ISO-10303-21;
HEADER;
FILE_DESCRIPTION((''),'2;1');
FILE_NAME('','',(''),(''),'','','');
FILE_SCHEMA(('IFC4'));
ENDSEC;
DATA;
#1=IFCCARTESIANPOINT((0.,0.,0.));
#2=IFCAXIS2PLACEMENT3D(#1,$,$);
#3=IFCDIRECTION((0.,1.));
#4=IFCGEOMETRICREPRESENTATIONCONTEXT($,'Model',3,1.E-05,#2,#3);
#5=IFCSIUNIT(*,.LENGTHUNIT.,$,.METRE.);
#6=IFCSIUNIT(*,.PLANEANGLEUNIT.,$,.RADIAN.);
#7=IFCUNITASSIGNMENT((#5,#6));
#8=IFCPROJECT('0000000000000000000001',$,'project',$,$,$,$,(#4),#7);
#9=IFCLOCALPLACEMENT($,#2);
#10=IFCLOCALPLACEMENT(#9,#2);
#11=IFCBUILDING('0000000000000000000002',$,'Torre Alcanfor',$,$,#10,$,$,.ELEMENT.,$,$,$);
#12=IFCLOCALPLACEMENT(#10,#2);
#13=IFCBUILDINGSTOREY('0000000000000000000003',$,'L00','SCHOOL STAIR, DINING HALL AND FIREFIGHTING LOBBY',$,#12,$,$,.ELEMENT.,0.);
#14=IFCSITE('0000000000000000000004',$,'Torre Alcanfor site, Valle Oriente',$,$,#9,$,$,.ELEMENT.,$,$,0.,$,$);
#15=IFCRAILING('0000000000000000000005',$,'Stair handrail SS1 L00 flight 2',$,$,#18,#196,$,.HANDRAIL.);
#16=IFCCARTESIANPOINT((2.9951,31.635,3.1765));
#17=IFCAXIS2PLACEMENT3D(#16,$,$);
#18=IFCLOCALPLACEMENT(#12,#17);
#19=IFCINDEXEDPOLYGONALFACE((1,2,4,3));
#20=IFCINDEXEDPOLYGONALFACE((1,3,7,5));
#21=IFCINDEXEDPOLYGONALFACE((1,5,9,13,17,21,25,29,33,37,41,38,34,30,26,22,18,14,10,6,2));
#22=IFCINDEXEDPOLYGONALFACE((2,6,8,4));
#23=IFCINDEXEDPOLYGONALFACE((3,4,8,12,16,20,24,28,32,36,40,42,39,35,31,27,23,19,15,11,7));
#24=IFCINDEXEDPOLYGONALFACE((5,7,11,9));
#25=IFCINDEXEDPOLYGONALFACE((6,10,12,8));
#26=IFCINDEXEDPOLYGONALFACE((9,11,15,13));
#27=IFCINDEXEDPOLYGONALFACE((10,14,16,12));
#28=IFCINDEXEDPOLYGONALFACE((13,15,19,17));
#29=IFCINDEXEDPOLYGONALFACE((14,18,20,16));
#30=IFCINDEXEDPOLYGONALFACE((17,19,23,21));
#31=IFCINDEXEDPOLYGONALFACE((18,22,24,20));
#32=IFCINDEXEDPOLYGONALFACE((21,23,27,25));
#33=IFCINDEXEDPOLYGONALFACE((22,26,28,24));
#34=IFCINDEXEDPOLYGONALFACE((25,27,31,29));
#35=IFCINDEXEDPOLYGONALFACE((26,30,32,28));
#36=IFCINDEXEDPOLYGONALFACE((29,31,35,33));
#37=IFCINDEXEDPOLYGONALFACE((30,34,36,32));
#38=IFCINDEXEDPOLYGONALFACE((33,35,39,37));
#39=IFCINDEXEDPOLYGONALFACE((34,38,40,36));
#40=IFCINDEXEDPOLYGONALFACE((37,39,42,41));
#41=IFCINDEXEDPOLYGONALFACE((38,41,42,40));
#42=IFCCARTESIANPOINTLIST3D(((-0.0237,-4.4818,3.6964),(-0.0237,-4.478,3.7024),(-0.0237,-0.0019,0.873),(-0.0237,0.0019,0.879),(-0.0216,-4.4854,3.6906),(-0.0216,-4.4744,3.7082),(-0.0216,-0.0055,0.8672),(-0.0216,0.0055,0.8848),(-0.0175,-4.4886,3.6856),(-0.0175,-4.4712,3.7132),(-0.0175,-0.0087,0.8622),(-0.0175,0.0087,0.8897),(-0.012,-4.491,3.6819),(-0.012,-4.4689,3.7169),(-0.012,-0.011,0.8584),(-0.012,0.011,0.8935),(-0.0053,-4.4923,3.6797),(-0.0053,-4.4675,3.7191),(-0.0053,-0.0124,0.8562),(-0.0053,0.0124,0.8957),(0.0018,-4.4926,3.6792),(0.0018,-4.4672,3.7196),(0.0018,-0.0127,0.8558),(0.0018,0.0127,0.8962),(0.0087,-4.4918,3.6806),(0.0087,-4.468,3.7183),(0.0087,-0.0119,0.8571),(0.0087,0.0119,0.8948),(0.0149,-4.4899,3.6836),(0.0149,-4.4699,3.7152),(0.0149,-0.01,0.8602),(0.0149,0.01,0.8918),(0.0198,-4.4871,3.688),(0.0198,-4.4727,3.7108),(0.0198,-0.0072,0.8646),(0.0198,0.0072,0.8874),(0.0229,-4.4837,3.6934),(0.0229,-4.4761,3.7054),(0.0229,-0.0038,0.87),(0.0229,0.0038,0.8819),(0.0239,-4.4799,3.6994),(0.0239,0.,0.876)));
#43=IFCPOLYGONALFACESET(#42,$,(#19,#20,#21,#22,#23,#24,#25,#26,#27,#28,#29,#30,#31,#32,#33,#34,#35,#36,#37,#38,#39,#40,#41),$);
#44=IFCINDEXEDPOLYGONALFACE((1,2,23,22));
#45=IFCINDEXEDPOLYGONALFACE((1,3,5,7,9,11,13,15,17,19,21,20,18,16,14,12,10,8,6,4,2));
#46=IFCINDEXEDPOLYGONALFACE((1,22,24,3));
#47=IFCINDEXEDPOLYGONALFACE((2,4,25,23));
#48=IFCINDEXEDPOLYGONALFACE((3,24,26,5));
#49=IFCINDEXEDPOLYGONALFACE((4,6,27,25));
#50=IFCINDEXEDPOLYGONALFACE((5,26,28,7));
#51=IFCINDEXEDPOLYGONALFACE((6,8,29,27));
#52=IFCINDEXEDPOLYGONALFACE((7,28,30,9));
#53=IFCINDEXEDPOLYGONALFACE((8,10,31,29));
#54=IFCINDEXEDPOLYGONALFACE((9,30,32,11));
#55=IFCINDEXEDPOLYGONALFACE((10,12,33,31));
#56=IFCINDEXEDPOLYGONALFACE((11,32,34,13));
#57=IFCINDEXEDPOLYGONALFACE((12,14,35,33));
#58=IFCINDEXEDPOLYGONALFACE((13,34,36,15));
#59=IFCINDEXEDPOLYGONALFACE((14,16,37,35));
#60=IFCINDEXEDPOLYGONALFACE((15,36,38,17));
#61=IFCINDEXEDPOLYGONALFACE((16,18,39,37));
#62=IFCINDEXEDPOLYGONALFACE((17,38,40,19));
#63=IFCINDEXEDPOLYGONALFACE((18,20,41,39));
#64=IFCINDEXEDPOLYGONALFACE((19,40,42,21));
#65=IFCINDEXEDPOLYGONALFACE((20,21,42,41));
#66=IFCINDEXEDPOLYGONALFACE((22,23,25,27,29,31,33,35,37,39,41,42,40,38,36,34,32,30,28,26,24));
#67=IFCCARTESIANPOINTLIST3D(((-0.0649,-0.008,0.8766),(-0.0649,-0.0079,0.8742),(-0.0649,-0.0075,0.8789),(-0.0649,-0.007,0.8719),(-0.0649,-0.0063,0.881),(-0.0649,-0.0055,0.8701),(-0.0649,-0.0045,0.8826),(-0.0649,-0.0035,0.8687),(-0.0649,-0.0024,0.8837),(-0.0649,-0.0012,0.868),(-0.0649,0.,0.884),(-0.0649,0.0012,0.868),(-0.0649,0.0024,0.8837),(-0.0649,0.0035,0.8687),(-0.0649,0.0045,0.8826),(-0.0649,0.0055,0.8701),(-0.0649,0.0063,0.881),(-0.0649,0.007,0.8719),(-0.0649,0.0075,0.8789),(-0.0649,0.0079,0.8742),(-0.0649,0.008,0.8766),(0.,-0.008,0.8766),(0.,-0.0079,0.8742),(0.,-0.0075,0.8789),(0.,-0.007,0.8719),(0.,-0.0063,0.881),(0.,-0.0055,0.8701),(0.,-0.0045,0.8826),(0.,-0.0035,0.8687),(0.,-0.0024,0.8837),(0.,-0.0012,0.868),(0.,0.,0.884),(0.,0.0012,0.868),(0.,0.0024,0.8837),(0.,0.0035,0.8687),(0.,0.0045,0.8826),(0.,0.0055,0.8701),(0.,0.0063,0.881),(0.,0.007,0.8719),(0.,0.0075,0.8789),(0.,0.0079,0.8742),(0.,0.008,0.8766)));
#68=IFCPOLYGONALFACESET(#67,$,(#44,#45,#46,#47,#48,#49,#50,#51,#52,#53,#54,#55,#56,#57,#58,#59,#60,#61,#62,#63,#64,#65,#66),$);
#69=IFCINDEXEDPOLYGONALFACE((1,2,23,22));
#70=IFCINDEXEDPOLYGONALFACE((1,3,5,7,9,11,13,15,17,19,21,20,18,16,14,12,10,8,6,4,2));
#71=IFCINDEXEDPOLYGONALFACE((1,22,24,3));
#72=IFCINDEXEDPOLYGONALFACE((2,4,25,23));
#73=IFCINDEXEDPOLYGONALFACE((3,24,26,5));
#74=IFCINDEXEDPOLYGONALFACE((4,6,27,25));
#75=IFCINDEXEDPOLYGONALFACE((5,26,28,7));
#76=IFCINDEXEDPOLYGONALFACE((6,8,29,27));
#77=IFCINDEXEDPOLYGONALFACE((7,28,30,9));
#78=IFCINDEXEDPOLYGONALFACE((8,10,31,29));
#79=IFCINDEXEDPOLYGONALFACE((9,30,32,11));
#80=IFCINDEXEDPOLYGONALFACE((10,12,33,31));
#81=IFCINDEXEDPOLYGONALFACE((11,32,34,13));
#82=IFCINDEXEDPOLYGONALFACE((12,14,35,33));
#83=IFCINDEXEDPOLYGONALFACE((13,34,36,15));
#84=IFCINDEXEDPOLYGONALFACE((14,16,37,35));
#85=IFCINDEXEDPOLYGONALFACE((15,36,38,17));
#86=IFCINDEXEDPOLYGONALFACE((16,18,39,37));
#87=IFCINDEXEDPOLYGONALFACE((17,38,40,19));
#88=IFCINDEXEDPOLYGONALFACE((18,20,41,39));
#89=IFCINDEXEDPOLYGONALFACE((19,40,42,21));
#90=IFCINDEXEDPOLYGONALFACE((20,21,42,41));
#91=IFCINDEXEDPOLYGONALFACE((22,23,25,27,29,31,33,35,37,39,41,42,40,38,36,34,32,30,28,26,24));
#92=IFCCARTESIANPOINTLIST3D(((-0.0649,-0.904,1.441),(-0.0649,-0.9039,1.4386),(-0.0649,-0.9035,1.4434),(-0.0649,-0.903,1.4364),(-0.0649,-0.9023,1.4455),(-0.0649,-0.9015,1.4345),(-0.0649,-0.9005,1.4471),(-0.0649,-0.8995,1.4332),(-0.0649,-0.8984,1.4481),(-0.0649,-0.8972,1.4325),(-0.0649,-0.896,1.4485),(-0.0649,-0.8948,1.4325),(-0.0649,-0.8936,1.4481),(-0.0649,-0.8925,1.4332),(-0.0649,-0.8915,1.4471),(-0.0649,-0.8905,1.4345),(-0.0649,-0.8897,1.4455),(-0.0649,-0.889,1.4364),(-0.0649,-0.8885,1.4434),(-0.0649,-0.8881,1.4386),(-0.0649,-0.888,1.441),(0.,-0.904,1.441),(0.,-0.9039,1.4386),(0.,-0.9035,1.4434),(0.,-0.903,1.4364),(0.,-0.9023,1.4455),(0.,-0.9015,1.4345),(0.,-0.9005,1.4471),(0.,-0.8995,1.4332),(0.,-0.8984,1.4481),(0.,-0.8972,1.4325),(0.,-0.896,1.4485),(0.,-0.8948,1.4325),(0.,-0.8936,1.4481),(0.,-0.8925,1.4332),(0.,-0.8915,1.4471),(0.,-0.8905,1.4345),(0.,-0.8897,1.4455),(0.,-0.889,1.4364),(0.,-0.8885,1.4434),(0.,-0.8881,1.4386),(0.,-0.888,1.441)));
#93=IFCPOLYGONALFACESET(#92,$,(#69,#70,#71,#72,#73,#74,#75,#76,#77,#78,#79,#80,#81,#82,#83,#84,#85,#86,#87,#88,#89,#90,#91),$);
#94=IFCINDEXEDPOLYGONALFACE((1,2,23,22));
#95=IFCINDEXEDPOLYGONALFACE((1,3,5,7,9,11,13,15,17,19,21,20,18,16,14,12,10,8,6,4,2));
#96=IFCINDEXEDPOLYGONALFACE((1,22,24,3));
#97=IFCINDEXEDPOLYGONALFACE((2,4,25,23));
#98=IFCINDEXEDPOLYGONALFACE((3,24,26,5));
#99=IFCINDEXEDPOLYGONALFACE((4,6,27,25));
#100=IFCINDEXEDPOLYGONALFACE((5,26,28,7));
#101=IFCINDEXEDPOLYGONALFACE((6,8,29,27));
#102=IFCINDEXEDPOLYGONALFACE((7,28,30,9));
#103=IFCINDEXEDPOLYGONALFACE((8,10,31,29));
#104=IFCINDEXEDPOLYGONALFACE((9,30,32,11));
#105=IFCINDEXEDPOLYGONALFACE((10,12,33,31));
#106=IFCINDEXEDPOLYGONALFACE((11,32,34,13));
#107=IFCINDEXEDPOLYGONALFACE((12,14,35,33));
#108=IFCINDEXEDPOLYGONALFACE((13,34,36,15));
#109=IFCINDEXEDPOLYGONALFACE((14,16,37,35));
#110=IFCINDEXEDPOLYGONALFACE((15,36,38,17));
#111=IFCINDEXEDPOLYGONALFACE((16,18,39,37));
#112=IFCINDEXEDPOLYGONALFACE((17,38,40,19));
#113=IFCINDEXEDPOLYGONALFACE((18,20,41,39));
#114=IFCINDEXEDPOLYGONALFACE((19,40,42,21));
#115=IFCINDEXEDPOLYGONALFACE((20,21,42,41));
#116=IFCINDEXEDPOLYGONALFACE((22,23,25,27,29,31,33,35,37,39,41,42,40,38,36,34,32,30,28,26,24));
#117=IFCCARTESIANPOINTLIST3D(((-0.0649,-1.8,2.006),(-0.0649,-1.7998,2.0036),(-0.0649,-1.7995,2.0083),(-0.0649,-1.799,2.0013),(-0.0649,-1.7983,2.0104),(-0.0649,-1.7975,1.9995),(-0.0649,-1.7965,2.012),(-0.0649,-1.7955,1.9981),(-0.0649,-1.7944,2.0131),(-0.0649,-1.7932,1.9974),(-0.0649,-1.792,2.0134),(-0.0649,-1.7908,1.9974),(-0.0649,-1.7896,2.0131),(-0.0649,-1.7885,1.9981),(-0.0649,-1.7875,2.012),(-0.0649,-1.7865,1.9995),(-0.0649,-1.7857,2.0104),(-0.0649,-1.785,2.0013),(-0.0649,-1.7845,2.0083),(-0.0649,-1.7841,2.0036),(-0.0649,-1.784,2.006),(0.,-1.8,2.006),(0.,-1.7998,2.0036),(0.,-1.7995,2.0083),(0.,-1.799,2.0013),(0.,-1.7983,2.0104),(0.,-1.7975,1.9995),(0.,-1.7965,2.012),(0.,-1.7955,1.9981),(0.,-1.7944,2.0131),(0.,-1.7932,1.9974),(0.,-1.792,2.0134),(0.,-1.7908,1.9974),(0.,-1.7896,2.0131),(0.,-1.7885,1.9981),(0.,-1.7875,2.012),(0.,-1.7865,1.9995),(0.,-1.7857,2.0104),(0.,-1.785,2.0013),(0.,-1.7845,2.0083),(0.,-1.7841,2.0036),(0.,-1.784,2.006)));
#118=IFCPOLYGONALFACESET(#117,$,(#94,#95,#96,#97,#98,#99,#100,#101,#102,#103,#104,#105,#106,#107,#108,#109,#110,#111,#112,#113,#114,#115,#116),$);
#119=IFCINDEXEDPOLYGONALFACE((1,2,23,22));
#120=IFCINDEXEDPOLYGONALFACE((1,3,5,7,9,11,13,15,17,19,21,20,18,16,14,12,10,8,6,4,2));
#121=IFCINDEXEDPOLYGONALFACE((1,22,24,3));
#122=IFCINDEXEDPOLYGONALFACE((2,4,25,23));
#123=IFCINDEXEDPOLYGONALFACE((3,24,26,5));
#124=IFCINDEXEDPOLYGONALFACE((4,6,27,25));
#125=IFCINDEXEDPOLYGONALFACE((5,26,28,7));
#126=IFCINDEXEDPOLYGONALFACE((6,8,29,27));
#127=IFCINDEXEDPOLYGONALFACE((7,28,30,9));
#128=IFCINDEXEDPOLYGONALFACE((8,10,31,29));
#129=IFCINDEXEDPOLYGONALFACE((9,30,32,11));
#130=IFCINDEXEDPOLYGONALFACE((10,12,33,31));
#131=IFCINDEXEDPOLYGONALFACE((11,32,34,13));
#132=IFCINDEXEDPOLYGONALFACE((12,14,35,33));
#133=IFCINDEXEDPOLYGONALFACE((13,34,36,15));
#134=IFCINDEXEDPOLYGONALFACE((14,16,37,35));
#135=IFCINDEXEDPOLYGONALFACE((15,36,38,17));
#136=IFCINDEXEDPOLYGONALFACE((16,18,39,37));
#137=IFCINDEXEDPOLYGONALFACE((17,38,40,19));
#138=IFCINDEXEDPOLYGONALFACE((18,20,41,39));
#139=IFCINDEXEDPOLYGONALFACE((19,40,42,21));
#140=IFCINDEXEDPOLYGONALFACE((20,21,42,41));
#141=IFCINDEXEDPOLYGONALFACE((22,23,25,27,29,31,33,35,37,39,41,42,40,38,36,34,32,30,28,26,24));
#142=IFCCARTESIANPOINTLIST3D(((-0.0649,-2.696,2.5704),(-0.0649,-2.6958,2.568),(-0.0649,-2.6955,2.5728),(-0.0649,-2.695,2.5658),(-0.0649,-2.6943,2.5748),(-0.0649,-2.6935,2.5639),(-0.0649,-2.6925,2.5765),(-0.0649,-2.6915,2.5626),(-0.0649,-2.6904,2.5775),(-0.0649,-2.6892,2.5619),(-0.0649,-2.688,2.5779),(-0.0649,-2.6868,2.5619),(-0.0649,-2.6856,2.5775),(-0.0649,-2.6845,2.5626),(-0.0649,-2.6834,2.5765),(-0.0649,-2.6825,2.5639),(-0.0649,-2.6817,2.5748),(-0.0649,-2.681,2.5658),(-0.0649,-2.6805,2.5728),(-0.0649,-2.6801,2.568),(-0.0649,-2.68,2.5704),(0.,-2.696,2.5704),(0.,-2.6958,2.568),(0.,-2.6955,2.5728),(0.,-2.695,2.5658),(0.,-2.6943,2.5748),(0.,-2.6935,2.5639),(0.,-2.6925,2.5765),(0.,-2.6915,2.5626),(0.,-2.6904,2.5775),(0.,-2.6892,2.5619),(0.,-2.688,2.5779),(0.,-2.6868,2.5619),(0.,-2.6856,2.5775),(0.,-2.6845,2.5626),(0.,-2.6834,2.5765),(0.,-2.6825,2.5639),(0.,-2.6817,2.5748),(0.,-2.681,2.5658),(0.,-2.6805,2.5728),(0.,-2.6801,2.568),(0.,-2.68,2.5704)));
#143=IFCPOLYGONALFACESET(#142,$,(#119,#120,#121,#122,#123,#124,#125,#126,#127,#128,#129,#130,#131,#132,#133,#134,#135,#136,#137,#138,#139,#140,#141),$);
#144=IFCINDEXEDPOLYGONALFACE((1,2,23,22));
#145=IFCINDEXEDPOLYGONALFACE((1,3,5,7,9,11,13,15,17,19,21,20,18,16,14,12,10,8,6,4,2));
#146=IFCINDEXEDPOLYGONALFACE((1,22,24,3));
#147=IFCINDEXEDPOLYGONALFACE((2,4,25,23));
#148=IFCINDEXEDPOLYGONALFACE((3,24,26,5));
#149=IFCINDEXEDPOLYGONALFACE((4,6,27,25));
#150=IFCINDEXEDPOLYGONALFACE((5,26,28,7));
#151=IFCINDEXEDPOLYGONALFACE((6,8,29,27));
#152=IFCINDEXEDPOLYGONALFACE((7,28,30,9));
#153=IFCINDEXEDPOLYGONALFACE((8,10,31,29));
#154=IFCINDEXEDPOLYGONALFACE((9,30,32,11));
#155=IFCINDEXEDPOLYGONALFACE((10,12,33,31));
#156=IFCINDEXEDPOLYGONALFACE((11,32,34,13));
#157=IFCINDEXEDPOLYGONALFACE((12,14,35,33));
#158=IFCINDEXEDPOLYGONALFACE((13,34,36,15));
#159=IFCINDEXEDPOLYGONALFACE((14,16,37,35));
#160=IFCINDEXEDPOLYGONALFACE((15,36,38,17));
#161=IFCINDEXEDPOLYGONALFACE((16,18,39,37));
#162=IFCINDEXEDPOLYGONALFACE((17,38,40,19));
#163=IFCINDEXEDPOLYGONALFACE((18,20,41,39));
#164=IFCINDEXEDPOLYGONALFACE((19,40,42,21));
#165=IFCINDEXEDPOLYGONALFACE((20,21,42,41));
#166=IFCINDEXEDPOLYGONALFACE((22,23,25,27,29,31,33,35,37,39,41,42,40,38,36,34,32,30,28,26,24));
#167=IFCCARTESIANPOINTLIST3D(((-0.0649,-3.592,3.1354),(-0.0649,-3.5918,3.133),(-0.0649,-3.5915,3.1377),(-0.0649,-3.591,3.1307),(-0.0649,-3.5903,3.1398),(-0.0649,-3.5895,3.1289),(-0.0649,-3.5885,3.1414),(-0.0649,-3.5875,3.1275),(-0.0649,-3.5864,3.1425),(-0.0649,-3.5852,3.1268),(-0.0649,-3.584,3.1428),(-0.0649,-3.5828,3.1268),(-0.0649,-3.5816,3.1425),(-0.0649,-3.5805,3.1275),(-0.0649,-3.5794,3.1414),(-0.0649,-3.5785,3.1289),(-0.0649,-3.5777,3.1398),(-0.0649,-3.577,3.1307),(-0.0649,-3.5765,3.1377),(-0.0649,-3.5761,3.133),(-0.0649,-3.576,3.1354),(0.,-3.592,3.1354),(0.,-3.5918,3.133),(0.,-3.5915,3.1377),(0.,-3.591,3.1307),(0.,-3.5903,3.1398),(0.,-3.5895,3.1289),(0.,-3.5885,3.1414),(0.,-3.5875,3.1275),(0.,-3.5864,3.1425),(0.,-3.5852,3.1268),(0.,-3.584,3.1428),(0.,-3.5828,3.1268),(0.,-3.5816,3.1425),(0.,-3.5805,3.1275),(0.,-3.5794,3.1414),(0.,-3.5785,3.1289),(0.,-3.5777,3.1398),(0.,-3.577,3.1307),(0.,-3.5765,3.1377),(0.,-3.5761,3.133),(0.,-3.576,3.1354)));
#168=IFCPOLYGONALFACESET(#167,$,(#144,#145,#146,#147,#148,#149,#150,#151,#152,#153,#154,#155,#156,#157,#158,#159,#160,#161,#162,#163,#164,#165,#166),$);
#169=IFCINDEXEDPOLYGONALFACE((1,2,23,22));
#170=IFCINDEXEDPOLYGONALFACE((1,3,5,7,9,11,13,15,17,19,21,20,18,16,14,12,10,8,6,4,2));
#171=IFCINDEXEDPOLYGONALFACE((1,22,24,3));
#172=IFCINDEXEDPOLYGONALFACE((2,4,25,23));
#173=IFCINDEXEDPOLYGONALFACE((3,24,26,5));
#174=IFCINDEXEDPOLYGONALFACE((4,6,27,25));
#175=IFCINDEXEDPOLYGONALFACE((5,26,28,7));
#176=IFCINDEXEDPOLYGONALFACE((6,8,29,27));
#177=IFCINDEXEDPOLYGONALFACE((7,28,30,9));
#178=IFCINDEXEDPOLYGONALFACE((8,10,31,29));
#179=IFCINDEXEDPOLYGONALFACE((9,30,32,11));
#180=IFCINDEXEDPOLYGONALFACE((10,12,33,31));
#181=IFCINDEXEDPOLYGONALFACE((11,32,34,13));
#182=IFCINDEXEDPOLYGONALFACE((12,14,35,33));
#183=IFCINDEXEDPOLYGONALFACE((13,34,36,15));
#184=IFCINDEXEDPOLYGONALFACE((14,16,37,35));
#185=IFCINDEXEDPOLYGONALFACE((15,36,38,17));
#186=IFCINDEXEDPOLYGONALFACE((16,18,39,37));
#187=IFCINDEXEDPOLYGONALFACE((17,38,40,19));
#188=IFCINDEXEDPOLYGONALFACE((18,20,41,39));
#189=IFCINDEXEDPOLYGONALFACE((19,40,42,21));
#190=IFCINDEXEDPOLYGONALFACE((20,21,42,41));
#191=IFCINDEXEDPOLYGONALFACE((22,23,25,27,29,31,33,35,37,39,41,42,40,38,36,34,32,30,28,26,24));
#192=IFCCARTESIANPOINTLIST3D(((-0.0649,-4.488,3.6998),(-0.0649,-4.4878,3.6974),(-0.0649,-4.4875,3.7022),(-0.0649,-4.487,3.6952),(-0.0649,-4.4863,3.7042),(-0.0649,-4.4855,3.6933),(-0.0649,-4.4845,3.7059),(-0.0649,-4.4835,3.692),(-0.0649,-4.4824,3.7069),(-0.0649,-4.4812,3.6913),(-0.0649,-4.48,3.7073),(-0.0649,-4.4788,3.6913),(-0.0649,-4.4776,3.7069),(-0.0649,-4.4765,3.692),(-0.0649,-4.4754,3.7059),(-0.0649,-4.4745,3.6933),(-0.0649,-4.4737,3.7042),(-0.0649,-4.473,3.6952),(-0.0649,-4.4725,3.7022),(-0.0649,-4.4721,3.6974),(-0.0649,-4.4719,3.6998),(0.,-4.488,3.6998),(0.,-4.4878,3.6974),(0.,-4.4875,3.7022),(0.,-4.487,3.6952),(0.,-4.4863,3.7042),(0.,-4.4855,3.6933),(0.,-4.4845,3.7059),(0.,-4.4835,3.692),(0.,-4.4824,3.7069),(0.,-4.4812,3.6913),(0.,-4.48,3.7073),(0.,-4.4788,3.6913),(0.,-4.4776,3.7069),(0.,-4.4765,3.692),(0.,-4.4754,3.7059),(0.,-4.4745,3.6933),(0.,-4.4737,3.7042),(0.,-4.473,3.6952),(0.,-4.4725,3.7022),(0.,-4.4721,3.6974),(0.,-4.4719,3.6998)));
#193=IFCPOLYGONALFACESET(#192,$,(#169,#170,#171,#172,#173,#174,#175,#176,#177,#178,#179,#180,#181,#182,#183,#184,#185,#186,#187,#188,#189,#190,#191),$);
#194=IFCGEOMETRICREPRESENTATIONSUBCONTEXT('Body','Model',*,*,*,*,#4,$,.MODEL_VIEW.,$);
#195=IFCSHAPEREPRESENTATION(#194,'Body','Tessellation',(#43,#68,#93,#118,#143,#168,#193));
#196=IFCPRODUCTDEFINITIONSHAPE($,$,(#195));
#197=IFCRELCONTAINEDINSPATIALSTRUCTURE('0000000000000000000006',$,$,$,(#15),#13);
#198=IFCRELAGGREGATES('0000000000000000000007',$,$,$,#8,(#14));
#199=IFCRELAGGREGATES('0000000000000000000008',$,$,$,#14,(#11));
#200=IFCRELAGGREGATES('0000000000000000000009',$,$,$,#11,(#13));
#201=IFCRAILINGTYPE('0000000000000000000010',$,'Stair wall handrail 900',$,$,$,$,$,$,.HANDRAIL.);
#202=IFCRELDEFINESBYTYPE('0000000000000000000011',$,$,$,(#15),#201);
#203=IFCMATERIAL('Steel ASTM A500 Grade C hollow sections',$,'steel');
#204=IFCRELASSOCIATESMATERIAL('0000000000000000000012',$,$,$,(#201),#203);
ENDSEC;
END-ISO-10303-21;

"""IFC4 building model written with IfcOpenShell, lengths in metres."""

from ifc_helpers import new_model, si_unit, direction, frame, origin, origin_2d, place, context, subcontext, project, spatial, circle, extrude, material, type_object, element, save


model = new_model("IFC4")

# Units and contexts
model_context = context("Model", 3, precision=1e-05, world=origin(), true_north=direction((0.0, 1.0)))
body_context = subcontext(model_context, "Body", "Model", "MODEL_VIEW")
ifc_project = project(units=[si_unit("LENGTHUNIT", "METRE"), si_unit("PLANEANGLEUNIT", "RADIAN")], contexts=[model_context])

# Site, building, storey
site_placement = place(None, origin())
site = spatial("IfcSite", under=ifc_project, at=site_placement, Name="Torre Alcanfor site, Valle Oriente", CompositionType="ELEMENT", RefElevation=0.0)
building_placement = place(site_placement, origin())
building = spatial("IfcBuilding", under=site, at=building_placement, Name="Torre Alcanfor", CompositionType="ELEMENT")
storey_placement = place(building_placement, origin())
storey = spatial("IfcBuildingStorey", under=building, at=storey_placement, Name="L00", Description="SCHOOL STAIR, DINING HALL AND FIREFIGHTING LOBBY", CompositionType="ELEMENT", Elevation=0.0)

# Railing
ifc_material_1 = material(Name="Steel ASTM A500 Grade C hollow sections", Category="steel")
railing_type_1 = type_object("IfcRailingType", Name="Stair wall handrail 900", PredefinedType="HANDRAIL", material=ifc_material_1)
railing_1_placement = place(storey_placement, frame((2.9951, 31.635, 3.1765)))
element("IfcRailing", 1, at=railing_1_placement, inside=storey, type_object=railing_type_1, Name="Stair handrail SS1 L00 flight 2", PredefinedType="HANDRAIL", context=body_context, shape_type="SweptSolid", body=[
    extrude(circle(Radius=0.0239, at=origin_2d()), frame((0.0, 0.0, 0.876), z_axis=(0.0, -0.845998, 0.533186), x_axis=(1.0, 0.0, 0.0)), (0.0, 0.0, 1.0), 5.2954),
    extrude(circle(Radius=0.0081, at=origin_2d()), frame((0.0, 0.0, 0.876), z_axis=(-1.0, 0.0, 0.0), x_axis=(0.0, 0.0, 1.0)), (0.0, 0.0, 1.0), 0.0649),
    extrude(circle(Radius=0.0081, at=origin_2d()), frame((0.0, -0.896, 1.4404), z_axis=(-1.0, 0.0, 0.0), x_axis=(0.0, 0.0, 1.0)), (0.0, 0.0, 1.0), 0.0649),
    extrude(circle(Radius=0.0081, at=origin_2d()), frame((0.0, -1.792, 2.0054), z_axis=(-1.0, 0.0, 0.0), x_axis=(0.0, 0.0, 1.0)), (0.0, 0.0, 1.0), 0.0649),
    extrude(circle(Radius=0.0081, at=origin_2d()), frame((0.0, -2.688, 2.5698), z_axis=(-1.0, 0.0, 0.0), x_axis=(0.0, 0.0, 1.0)), (0.0, 0.0, 1.0), 0.0649),
    extrude(circle(Radius=0.0081, at=origin_2d()), frame((0.0, -3.584, 3.1348), z_axis=(-1.0, 0.0, 0.0), x_axis=(0.0, 0.0, 1.0)), (0.0, 0.0, 1.0), 0.0649),
    extrude(circle(Radius=0.0081, at=origin_2d()), frame((0.0, -4.48, 3.6992), z_axis=(-1.0, 0.0, 0.0), x_axis=(0.0, 0.0, 1.0)), (0.0, 0.0, 1.0), 0.0649),
])

save(model, "model.ifc")
